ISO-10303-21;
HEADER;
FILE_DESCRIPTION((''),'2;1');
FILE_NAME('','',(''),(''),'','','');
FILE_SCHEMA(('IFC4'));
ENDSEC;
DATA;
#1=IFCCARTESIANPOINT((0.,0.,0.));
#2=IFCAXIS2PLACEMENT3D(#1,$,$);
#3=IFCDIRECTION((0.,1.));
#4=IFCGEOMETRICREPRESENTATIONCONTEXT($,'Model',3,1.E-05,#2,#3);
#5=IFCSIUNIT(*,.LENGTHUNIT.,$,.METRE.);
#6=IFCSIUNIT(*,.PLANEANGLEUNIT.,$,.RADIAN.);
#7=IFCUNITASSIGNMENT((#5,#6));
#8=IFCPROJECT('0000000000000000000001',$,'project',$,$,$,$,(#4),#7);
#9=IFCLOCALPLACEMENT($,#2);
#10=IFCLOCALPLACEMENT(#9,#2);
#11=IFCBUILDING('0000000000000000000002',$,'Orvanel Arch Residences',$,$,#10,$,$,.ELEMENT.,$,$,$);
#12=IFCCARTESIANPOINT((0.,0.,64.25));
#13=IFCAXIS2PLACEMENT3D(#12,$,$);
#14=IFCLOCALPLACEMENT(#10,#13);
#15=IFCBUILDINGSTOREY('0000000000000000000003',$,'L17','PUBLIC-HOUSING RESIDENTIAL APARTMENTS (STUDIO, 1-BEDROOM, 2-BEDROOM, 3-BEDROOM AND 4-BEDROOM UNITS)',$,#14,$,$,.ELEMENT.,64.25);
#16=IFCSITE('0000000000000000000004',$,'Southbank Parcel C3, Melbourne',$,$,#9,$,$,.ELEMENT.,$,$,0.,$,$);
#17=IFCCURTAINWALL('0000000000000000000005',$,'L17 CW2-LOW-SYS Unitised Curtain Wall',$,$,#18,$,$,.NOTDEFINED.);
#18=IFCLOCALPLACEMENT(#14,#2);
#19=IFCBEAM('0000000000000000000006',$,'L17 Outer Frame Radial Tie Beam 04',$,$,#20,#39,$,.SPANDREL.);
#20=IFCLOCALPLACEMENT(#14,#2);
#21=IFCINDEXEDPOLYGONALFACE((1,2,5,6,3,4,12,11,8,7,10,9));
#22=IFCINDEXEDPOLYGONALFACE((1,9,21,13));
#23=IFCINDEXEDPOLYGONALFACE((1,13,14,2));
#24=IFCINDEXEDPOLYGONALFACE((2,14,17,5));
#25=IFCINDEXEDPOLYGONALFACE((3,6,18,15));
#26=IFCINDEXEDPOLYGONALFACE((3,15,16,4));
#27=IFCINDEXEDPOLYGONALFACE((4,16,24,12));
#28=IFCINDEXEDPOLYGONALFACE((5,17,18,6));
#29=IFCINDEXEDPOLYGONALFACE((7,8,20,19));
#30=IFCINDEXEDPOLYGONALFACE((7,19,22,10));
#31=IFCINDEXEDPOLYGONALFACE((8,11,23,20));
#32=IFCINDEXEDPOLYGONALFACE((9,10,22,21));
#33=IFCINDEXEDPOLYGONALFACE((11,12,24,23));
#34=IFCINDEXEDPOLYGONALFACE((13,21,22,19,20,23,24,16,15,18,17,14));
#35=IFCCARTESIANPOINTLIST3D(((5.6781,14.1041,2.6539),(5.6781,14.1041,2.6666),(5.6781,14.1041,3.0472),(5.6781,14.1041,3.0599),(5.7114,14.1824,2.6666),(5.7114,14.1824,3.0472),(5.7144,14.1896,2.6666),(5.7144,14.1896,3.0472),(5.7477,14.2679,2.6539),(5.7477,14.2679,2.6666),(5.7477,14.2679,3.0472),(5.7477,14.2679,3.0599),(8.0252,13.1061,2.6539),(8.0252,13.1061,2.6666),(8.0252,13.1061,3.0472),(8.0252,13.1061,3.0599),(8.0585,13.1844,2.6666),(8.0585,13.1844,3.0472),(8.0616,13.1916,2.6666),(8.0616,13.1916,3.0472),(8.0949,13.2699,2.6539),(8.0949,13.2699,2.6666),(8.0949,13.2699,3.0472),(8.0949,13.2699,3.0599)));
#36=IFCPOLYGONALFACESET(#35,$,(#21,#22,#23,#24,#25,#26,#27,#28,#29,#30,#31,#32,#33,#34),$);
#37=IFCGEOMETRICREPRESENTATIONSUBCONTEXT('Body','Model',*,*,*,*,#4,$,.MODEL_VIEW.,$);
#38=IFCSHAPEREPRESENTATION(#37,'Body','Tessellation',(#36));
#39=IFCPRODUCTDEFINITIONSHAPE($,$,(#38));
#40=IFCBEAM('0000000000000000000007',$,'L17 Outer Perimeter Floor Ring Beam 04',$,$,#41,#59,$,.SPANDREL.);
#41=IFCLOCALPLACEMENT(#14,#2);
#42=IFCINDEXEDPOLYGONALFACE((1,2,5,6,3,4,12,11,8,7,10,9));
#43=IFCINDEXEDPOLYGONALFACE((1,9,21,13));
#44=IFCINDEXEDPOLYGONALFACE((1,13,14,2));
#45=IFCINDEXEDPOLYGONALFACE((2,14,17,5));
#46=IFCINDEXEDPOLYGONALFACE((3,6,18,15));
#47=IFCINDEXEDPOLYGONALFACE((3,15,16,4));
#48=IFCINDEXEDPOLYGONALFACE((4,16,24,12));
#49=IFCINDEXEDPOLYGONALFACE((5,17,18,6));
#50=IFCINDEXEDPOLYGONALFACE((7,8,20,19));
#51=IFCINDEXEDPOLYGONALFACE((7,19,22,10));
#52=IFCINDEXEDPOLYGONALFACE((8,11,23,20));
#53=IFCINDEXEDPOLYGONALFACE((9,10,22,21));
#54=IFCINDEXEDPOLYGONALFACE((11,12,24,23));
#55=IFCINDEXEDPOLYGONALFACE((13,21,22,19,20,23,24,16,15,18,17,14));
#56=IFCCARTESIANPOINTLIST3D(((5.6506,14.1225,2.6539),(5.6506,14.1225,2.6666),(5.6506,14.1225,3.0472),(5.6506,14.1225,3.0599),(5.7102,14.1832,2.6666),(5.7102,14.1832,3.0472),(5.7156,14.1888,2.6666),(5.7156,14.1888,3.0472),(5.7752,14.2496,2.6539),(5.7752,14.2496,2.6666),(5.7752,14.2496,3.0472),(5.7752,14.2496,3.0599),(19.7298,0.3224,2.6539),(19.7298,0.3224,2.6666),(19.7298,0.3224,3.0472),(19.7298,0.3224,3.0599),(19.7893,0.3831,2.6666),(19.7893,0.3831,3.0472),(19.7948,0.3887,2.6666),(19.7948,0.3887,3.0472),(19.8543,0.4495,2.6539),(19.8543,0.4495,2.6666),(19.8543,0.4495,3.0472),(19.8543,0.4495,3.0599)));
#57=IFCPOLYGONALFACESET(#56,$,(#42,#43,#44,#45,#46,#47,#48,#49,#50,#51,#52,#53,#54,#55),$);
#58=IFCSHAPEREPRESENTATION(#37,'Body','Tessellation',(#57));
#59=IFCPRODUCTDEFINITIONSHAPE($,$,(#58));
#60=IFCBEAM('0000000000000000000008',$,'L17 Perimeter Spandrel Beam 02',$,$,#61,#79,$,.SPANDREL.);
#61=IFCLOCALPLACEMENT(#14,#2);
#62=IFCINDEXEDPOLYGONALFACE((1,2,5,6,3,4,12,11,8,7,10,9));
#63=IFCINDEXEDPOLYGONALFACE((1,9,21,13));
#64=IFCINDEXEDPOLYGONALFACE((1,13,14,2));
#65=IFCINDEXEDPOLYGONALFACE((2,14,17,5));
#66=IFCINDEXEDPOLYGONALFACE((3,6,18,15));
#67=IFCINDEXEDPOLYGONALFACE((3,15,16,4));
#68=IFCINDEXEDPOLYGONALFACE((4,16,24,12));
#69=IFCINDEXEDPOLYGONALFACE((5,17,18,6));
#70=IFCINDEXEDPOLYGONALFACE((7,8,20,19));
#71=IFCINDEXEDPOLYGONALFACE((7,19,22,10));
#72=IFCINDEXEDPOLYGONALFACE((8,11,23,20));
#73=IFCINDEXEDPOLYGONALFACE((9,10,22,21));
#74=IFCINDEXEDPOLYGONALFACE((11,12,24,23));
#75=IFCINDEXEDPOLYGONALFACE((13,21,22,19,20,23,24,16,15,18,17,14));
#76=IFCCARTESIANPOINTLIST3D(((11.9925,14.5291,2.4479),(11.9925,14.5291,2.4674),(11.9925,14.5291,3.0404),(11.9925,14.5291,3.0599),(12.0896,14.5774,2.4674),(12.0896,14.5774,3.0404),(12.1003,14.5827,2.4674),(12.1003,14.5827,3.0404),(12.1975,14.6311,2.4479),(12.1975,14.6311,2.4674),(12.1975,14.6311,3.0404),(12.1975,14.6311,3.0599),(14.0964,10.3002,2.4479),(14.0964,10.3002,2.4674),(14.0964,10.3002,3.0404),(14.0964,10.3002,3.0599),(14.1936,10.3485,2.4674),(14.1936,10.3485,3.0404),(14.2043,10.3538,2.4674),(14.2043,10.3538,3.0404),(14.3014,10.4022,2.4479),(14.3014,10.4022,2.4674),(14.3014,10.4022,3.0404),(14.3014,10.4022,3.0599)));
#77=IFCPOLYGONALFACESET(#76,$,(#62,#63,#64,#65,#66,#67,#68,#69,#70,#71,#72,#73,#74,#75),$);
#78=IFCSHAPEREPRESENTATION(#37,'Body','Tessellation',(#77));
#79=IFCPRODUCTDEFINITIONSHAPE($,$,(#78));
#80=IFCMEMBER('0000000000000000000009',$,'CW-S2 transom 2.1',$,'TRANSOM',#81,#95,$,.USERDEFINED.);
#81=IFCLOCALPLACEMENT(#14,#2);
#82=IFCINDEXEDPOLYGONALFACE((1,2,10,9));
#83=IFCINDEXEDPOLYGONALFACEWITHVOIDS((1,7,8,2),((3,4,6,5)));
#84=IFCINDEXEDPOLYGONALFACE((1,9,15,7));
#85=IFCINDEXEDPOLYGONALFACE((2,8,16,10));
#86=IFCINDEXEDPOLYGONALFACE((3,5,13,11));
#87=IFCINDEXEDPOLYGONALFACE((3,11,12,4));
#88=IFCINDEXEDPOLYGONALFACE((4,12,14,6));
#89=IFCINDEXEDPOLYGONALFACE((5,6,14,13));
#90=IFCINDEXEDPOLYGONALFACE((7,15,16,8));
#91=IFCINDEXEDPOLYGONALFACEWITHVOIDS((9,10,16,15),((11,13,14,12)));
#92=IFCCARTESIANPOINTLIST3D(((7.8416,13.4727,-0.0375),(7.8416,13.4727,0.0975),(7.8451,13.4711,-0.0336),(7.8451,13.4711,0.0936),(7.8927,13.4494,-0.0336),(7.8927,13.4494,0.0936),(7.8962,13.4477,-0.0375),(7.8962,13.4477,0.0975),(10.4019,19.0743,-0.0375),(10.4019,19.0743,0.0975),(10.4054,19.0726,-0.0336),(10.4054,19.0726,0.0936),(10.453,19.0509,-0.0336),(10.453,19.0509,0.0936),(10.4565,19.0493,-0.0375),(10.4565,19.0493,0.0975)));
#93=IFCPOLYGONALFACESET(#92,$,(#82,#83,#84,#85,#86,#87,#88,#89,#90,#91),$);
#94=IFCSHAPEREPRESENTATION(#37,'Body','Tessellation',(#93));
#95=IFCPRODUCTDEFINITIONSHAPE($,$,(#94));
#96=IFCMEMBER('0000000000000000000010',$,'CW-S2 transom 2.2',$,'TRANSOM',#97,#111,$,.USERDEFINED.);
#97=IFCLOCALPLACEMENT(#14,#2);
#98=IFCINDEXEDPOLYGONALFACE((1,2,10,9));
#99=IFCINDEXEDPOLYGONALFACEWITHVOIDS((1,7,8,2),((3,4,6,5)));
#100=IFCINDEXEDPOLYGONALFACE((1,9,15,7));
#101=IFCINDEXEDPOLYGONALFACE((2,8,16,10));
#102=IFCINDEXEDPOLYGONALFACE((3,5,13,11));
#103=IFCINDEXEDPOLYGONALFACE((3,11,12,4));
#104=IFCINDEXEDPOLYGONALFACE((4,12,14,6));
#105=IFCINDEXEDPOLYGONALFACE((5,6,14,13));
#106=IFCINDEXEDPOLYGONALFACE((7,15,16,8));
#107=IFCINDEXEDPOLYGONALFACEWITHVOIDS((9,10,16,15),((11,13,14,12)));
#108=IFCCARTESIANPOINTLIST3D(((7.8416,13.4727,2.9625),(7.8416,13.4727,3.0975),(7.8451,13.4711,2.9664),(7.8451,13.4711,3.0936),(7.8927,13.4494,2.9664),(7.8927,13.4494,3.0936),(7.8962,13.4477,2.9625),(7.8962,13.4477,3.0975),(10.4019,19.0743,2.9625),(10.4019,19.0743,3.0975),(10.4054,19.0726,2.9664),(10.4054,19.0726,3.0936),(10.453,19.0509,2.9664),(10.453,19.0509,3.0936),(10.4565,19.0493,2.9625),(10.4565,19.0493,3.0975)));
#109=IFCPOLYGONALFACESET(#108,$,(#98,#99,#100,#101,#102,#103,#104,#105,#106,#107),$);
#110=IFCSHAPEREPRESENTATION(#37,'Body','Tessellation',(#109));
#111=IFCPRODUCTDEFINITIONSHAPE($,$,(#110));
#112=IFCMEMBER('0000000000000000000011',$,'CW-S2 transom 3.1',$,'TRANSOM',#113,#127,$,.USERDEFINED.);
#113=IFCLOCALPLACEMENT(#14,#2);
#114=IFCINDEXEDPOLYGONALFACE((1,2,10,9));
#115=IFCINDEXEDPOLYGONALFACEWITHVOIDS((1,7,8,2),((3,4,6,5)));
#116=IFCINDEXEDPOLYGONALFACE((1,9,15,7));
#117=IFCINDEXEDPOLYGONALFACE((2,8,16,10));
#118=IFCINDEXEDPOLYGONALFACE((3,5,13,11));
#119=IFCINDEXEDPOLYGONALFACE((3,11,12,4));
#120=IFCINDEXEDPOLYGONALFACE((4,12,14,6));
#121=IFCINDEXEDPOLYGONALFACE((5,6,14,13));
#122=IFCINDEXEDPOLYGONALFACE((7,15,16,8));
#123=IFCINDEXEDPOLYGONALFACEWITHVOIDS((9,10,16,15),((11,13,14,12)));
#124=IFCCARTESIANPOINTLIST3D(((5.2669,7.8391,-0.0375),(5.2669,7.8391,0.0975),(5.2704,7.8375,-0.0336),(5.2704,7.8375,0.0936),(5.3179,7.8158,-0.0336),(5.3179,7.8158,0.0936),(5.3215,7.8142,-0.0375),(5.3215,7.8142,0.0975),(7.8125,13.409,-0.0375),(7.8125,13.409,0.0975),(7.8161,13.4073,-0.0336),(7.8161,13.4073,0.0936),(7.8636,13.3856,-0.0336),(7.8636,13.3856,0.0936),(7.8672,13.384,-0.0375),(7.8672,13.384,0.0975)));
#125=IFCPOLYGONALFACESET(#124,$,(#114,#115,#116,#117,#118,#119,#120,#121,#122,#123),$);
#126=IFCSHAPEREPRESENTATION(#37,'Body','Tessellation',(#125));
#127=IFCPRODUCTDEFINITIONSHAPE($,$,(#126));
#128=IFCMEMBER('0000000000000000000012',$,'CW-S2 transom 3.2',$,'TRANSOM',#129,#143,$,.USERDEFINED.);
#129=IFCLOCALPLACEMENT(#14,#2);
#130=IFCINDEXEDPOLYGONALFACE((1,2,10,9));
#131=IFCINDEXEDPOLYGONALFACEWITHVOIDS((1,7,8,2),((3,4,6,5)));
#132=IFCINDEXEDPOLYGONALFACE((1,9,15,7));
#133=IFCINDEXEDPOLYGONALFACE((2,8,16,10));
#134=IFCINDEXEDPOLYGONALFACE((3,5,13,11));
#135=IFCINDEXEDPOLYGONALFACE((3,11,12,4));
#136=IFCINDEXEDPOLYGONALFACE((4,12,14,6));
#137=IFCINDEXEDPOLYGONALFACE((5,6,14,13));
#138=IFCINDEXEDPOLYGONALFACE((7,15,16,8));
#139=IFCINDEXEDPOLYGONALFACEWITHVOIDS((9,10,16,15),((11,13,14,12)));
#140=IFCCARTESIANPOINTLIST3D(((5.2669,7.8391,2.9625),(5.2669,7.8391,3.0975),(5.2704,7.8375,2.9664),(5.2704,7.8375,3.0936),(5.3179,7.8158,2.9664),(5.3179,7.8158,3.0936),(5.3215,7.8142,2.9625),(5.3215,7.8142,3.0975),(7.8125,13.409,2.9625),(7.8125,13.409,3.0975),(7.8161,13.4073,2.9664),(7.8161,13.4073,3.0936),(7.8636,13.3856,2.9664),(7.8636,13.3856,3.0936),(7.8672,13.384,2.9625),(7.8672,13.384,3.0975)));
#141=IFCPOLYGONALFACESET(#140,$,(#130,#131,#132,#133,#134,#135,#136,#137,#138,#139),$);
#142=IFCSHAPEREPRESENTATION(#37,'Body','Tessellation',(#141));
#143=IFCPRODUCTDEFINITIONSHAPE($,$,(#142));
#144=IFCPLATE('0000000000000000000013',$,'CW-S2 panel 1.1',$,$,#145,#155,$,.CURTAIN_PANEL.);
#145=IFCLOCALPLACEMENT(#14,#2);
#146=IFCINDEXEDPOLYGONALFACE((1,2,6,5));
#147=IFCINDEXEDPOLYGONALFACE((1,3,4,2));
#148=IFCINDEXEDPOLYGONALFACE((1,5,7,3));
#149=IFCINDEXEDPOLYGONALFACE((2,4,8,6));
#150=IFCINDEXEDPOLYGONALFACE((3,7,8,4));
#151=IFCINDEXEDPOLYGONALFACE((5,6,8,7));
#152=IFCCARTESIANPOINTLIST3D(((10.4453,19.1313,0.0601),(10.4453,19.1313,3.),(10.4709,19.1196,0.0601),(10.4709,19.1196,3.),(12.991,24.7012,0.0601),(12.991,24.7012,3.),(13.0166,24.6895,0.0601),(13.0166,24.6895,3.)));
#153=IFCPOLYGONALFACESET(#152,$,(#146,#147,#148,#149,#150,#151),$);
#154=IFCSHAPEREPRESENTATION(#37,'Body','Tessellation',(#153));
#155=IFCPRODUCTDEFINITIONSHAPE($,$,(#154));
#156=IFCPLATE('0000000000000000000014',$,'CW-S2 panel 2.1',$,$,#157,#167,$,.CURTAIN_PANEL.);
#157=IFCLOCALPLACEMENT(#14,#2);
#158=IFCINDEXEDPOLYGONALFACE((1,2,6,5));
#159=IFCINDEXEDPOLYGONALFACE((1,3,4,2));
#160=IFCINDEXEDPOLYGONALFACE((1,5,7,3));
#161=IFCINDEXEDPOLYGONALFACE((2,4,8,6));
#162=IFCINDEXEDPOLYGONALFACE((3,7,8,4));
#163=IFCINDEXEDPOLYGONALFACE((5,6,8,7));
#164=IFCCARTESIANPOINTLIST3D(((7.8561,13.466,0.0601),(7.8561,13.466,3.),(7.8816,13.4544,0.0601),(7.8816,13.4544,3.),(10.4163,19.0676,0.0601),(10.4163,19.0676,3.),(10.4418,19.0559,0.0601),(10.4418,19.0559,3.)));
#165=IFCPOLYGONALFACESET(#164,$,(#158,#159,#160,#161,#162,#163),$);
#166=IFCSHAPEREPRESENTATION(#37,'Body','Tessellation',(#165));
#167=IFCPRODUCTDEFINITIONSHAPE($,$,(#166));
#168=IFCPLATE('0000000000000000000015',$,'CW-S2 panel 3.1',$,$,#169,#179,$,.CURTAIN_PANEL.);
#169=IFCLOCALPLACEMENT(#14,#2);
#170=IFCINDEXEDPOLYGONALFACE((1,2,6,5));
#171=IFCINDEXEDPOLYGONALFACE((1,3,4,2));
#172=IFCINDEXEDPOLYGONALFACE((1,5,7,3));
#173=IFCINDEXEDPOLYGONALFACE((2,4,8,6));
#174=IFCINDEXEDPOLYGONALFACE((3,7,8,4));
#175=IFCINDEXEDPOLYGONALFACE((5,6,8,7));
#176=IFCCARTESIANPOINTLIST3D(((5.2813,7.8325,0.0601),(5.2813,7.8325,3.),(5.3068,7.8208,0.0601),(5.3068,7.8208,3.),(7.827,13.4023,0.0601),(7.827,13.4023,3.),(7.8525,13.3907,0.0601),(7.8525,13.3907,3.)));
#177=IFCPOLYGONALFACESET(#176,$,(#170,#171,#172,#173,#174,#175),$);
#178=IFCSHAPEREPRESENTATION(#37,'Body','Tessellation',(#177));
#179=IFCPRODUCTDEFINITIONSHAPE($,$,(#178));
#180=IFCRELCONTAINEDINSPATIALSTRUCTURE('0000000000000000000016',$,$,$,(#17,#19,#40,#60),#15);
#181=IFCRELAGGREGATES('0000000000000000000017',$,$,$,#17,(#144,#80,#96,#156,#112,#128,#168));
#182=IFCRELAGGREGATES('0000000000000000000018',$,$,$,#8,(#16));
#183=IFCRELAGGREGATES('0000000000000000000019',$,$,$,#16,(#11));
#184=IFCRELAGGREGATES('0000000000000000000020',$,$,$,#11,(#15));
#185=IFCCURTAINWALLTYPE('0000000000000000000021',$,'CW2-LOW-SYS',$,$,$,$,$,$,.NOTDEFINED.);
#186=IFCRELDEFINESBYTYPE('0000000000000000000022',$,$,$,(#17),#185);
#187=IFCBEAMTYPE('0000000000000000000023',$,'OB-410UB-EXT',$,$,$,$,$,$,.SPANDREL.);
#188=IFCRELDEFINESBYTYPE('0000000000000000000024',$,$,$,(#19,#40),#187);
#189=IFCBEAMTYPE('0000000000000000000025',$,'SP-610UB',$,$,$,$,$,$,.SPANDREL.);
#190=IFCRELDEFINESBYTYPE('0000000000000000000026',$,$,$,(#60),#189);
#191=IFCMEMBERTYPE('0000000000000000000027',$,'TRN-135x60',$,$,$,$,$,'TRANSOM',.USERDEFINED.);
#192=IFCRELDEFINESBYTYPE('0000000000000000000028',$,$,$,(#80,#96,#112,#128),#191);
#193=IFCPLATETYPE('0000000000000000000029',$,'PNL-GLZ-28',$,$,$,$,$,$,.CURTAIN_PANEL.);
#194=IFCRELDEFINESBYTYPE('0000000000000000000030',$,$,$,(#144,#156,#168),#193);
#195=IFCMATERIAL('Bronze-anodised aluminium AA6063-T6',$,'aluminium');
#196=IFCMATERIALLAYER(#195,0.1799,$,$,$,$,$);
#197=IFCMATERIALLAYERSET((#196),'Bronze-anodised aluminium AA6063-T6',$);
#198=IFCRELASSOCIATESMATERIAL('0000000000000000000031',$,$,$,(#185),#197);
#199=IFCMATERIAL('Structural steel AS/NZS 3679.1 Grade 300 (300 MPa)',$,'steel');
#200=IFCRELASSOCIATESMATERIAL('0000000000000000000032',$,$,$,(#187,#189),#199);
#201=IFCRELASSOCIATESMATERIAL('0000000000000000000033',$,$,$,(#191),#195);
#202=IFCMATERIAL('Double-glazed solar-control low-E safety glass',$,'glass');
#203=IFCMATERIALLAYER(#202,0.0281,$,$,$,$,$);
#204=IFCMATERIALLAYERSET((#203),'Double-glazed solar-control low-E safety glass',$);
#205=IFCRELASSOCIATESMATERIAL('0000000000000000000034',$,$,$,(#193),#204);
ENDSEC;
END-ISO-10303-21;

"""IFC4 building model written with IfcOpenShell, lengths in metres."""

from ifc_helpers import new_model, si_unit, direction, frame, origin, origin_2d, place, context, subcontext, project, spatial, rectangle, hollow_rectangle, i_section, extrude, material, layer, layer_set, material_profile, profile_set, type_object, element, aggregate, save


model = new_model("IFC4")

# Units and contexts
model_context = context("Model", 3, precision=1e-05, world=origin(), true_north=direction((0.0, 1.0)))
body_context = subcontext(model_context, "Body", "Model", "MODEL_VIEW")
ifc_project = project(units=[si_unit("LENGTHUNIT", "METRE"), si_unit("PLANEANGLEUNIT", "RADIAN")], contexts=[model_context])

# Site, building, storey
site_placement = place(None, origin())
site = spatial("IfcSite", under=ifc_project, at=site_placement, Name="Southbank Parcel C3, Melbourne", CompositionType="ELEMENT", RefElevation=0.0)
building_placement = place(site_placement, origin())
building = spatial("IfcBuilding", under=site, at=building_placement, Name="Orvanel Arch Residences", CompositionType="ELEMENT")
storey_placement = place(building_placement, frame((0.0, 0.0, 64.25)))
storey = spatial("IfcBuildingStorey", under=building, at=storey_placement, Name="L17", Description="PUBLIC-HOUSING RESIDENTIAL APARTMENTS (STUDIO, 1-BEDROOM, 2-BEDROOM, 3-BEDROOM AND 4-BEDROOM UNITS)", CompositionType="ELEMENT", Elevation=64.25)

# Shared definitions
ifc_material_1 = material(Name="Bronze-anodised aluminium AA6063-T6", Category="aluminium")

# Curtain wall
ifc_layer_1 = layer(ifc_material_1, 0.1799)
ifc_layer_set_1 = layer_set([ifc_layer_1], Name="Bronze-anodised aluminium AA6063-T6")
curtain_wall_type_1 = type_object("IfcCurtainWallType", Name="CW2-LOW-SYS", PredefinedType="NOTDEFINED", material=ifc_layer_set_1)
curtain_wall_1_placement = place(storey_placement, origin())
curtain_wall_1 = element("IfcCurtainWall", 1, at=curtain_wall_1_placement, inside=storey, type_object=curtain_wall_type_1, Name="L17 CW2-LOW-SYS Unitised Curtain Wall", PredefinedType="NOTDEFINED")

# Beams
ifc_material_2 = material(Name="Structural steel AS/NZS 3679.1 Grade 300 (300 MPa)", Category="steel")
ifc_material_profile_1 = material_profile(ifc_material_2, i_section(OverallWidth=0.178, OverallDepth=0.406, WebThickness=0.0078, FlangeThickness=0.0127, at=origin_2d()), Name="410UB59.7")
ifc_profile_set_1 = profile_set([ifc_material_profile_1], Name="Structural steel AS/NZS 3679.1 Grade 300 (300 MPa)")
beam_type_1 = type_object("IfcBeamType", Name="OB-410UB-EXT", PredefinedType="SPANDREL", material=ifc_profile_set_1)
beam_1_placement = place(storey_placement, frame((8.0601, 13.188, 2.8569), z_axis=(-0.92026, 0.391307, 0.0), x_axis=(-0.391307, -0.92026, 0.0)))
element("IfcBeam", 2, at=beam_1_placement, inside=storey, type_object=beam_type_1, Name="L17 Outer Frame Radial Tie Beam 04", PredefinedType="SPANDREL", context=body_context, shape_type="SweptSolid", body=[
    extrude(i_section(OverallWidth=0.178, OverallDepth=0.406, WebThickness=0.0078, FlangeThickness=0.0127, at=origin_2d()), origin(), (0.0, 0.0, 1.0), 2.5505),
])
beam_2_placement = place(storey_placement, frame((5.7129, 14.186, 2.8569), z_axis=(0.714149, -0.699994, 0.0), x_axis=(0.699994, 0.714149, 0.0)))
element("IfcBeam", 3, at=beam_2_placement, inside=storey, type_object=beam_type_1, Name="L17 Outer Perimeter Floor Ring Beam 04", PredefinedType="SPANDREL", context=body_context, shape_type="SweptSolid", body=[
    extrude(i_section(OverallWidth=0.178, OverallDepth=0.406, WebThickness=0.0078, FlangeThickness=0.0127, at=origin_2d()), origin(), (0.0, 0.0, 1.0), 19.7146),
])
ifc_material_profile_2 = material_profile(ifc_material_2, i_section(OverallWidth=0.229, OverallDepth=0.6121, WebThickness=0.012, FlangeThickness=0.0195, at=origin_2d()), Name="610UB125")
ifc_profile_set_2 = profile_set([ifc_material_profile_2], Name="Structural steel AS/NZS 3679.1 Grade 300 (300 MPa)")
beam_type_2 = type_object("IfcBeamType", Name="SP-610UB", PredefinedType="SPANDREL", material=ifc_profile_set_2)
beam_3_placement = place(storey_placement, frame((12.095, 14.5801, 2.7539), z_axis=(0.445435, -0.895314, 0.0), x_axis=(0.895314, 0.445435, 0.0)))
element("IfcBeam", 4, at=beam_3_placement, inside=storey, type_object=beam_type_2, Name="L17 Perimeter Spandrel Beam 02", PredefinedType="SPANDREL", context=body_context, shape_type="SweptSolid", body=[
    extrude(i_section(OverallWidth=0.229, OverallDepth=0.6121, WebThickness=0.012, FlangeThickness=0.0195, at=origin_2d()), origin(), (0.0, 0.0, 1.0), 4.7234),
])

# Members
ifc_material_profile_3 = material_profile(ifc_material_1, hollow_rectangle(XDim=0.0601, YDim=0.135, WallThickness=0.0039, at=origin_2d()), Name="ALU135x60x4")
ifc_profile_set_3 = profile_set([ifc_material_profile_3], Name="Bronze-anodised aluminium AA6063-T6")
member_type_1 = type_object("IfcMemberType", Name="TRN-135x60", ElementType="TRANSOM", PredefinedType="USERDEFINED", material=ifc_profile_set_3)
member_1_placement = place(storey_placement, frame((10.4292, 19.0618, 0.03), z_axis=(-0.415704, -0.9095, 0.0), x_axis=(0.9095, -0.415704, 0.0)))
member_1 = element("IfcMember", 5, at=member_1_placement, type_object=member_type_1, Name="CW-S2 transom 2.1", ObjectType="TRANSOM", PredefinedType="USERDEFINED", context=body_context, shape_type="SweptSolid", body=[
    extrude(hollow_rectangle(XDim=0.0601, YDim=0.135, WallThickness=0.0039, at=origin_2d()), origin(), (0.0, 0.0, 1.0), 6.1589),
])
member_2_placement = place(storey_placement, frame((10.4292, 19.0618, 3.03), z_axis=(-0.415704, -0.9095, 0.0), x_axis=(0.9095, -0.415704, 0.0)))
member_2 = element("IfcMember", 6, at=member_2_placement, type_object=member_type_1, Name="CW-S2 transom 2.2", ObjectType="TRANSOM", PredefinedType="USERDEFINED", context=body_context, shape_type="SweptSolid", body=[
    extrude(hollow_rectangle(XDim=0.0601, YDim=0.135, WallThickness=0.0039, at=origin_2d()), origin(), (0.0, 0.0, 1.0), 6.1589),
])
member_3_placement = place(storey_placement, frame((7.8398, 13.3965, 0.03), z_axis=(-0.415685, -0.909508, 0.0), x_axis=(0.909508, -0.415685, 0.0)))
member_3 = element("IfcMember", 7, at=member_3_placement, type_object=member_type_1, Name="CW-S2 transom 3.1", ObjectType="TRANSOM", PredefinedType="USERDEFINED", context=body_context, shape_type="SweptSolid", body=[
    extrude(hollow_rectangle(XDim=0.0601, YDim=0.135, WallThickness=0.0039, at=origin_2d()), origin(), (0.0, 0.0, 1.0), 6.124),
])
member_4_placement = place(storey_placement, frame((7.8398, 13.3965, 3.03), z_axis=(-0.415685, -0.909508, 0.0), x_axis=(0.909508, -0.415685, 0.0)))
member_4 = element("IfcMember", 8, at=member_4_placement, type_object=member_type_1, Name="CW-S2 transom 3.2", ObjectType="TRANSOM", PredefinedType="USERDEFINED", context=body_context, shape_type="SweptSolid", body=[
    extrude(hollow_rectangle(XDim=0.0601, YDim=0.135, WallThickness=0.0039, at=origin_2d()), origin(), (0.0, 0.0, 1.0), 6.124),
])

# Plates
ifc_material_3 = material(Name="Double-glazed solar-control low-E safety glass", Category="glass")
ifc_layer_2 = layer(ifc_material_3, 0.0281)
ifc_layer_set_2 = layer_set([ifc_layer_2], Name="Double-glazed solar-control low-E safety glass")
plate_type = type_object("IfcPlateType", Name="PNL-GLZ-28", PredefinedType="CURTAIN_PANEL", material=ifc_layer_set_2)
plate_1_placement = place(storey_placement, frame((11.731, 21.9104, 0.0601), z_axis=(0.0, 0.0, 1.0), x_axis=(-0.415689, -0.909507, 0.0)))
plate_1 = element("IfcPlate", 9, at=plate_1_placement, type_object=plate_type, Name="CW-S2 panel 1.1", PredefinedType="CURTAIN_PANEL", context=body_context, shape_type="SweptSolid", body=[
    extrude(rectangle(XDim=6.124, YDim=0.0281, at=origin_2d()), origin(), (0.0, 0.0, 1.0), 2.9399),
])
plate_2_placement = place(storey_placement, frame((9.1489, 16.261, 0.0601), z_axis=(0.0, 0.0, 1.0), x_axis=(-0.415689, -0.909507, 0.0)))
plate_2 = element("IfcPlate", 10, at=plate_2_placement, type_object=plate_type, Name="CW-S2 panel 2.1", PredefinedType="CURTAIN_PANEL", context=body_context, shape_type="SweptSolid", body=[
    extrude(rectangle(XDim=6.1589, YDim=0.0281, at=origin_2d()), origin(), (0.0, 0.0, 1.0), 2.9399),
])
plate_3_placement = place(storey_placement, frame((6.5669, 10.6116, 0.0601), z_axis=(0.0, 0.0, 1.0), x_axis=(-0.415689, -0.909507, 0.0)))
plate_3 = element("IfcPlate", 11, at=plate_3_placement, type_object=plate_type, Name="CW-S2 panel 3.1", PredefinedType="CURTAIN_PANEL", context=body_context, shape_type="SweptSolid", body=[
    extrude(rectangle(XDim=6.124, YDim=0.0281, at=origin_2d()), origin(), (0.0, 0.0, 1.0), 2.9399),
])
aggregate(curtain_wall_1, [plate_1, member_1, member_2, plate_2, member_3, member_4, plate_3])

save(model, "model.ifc")
